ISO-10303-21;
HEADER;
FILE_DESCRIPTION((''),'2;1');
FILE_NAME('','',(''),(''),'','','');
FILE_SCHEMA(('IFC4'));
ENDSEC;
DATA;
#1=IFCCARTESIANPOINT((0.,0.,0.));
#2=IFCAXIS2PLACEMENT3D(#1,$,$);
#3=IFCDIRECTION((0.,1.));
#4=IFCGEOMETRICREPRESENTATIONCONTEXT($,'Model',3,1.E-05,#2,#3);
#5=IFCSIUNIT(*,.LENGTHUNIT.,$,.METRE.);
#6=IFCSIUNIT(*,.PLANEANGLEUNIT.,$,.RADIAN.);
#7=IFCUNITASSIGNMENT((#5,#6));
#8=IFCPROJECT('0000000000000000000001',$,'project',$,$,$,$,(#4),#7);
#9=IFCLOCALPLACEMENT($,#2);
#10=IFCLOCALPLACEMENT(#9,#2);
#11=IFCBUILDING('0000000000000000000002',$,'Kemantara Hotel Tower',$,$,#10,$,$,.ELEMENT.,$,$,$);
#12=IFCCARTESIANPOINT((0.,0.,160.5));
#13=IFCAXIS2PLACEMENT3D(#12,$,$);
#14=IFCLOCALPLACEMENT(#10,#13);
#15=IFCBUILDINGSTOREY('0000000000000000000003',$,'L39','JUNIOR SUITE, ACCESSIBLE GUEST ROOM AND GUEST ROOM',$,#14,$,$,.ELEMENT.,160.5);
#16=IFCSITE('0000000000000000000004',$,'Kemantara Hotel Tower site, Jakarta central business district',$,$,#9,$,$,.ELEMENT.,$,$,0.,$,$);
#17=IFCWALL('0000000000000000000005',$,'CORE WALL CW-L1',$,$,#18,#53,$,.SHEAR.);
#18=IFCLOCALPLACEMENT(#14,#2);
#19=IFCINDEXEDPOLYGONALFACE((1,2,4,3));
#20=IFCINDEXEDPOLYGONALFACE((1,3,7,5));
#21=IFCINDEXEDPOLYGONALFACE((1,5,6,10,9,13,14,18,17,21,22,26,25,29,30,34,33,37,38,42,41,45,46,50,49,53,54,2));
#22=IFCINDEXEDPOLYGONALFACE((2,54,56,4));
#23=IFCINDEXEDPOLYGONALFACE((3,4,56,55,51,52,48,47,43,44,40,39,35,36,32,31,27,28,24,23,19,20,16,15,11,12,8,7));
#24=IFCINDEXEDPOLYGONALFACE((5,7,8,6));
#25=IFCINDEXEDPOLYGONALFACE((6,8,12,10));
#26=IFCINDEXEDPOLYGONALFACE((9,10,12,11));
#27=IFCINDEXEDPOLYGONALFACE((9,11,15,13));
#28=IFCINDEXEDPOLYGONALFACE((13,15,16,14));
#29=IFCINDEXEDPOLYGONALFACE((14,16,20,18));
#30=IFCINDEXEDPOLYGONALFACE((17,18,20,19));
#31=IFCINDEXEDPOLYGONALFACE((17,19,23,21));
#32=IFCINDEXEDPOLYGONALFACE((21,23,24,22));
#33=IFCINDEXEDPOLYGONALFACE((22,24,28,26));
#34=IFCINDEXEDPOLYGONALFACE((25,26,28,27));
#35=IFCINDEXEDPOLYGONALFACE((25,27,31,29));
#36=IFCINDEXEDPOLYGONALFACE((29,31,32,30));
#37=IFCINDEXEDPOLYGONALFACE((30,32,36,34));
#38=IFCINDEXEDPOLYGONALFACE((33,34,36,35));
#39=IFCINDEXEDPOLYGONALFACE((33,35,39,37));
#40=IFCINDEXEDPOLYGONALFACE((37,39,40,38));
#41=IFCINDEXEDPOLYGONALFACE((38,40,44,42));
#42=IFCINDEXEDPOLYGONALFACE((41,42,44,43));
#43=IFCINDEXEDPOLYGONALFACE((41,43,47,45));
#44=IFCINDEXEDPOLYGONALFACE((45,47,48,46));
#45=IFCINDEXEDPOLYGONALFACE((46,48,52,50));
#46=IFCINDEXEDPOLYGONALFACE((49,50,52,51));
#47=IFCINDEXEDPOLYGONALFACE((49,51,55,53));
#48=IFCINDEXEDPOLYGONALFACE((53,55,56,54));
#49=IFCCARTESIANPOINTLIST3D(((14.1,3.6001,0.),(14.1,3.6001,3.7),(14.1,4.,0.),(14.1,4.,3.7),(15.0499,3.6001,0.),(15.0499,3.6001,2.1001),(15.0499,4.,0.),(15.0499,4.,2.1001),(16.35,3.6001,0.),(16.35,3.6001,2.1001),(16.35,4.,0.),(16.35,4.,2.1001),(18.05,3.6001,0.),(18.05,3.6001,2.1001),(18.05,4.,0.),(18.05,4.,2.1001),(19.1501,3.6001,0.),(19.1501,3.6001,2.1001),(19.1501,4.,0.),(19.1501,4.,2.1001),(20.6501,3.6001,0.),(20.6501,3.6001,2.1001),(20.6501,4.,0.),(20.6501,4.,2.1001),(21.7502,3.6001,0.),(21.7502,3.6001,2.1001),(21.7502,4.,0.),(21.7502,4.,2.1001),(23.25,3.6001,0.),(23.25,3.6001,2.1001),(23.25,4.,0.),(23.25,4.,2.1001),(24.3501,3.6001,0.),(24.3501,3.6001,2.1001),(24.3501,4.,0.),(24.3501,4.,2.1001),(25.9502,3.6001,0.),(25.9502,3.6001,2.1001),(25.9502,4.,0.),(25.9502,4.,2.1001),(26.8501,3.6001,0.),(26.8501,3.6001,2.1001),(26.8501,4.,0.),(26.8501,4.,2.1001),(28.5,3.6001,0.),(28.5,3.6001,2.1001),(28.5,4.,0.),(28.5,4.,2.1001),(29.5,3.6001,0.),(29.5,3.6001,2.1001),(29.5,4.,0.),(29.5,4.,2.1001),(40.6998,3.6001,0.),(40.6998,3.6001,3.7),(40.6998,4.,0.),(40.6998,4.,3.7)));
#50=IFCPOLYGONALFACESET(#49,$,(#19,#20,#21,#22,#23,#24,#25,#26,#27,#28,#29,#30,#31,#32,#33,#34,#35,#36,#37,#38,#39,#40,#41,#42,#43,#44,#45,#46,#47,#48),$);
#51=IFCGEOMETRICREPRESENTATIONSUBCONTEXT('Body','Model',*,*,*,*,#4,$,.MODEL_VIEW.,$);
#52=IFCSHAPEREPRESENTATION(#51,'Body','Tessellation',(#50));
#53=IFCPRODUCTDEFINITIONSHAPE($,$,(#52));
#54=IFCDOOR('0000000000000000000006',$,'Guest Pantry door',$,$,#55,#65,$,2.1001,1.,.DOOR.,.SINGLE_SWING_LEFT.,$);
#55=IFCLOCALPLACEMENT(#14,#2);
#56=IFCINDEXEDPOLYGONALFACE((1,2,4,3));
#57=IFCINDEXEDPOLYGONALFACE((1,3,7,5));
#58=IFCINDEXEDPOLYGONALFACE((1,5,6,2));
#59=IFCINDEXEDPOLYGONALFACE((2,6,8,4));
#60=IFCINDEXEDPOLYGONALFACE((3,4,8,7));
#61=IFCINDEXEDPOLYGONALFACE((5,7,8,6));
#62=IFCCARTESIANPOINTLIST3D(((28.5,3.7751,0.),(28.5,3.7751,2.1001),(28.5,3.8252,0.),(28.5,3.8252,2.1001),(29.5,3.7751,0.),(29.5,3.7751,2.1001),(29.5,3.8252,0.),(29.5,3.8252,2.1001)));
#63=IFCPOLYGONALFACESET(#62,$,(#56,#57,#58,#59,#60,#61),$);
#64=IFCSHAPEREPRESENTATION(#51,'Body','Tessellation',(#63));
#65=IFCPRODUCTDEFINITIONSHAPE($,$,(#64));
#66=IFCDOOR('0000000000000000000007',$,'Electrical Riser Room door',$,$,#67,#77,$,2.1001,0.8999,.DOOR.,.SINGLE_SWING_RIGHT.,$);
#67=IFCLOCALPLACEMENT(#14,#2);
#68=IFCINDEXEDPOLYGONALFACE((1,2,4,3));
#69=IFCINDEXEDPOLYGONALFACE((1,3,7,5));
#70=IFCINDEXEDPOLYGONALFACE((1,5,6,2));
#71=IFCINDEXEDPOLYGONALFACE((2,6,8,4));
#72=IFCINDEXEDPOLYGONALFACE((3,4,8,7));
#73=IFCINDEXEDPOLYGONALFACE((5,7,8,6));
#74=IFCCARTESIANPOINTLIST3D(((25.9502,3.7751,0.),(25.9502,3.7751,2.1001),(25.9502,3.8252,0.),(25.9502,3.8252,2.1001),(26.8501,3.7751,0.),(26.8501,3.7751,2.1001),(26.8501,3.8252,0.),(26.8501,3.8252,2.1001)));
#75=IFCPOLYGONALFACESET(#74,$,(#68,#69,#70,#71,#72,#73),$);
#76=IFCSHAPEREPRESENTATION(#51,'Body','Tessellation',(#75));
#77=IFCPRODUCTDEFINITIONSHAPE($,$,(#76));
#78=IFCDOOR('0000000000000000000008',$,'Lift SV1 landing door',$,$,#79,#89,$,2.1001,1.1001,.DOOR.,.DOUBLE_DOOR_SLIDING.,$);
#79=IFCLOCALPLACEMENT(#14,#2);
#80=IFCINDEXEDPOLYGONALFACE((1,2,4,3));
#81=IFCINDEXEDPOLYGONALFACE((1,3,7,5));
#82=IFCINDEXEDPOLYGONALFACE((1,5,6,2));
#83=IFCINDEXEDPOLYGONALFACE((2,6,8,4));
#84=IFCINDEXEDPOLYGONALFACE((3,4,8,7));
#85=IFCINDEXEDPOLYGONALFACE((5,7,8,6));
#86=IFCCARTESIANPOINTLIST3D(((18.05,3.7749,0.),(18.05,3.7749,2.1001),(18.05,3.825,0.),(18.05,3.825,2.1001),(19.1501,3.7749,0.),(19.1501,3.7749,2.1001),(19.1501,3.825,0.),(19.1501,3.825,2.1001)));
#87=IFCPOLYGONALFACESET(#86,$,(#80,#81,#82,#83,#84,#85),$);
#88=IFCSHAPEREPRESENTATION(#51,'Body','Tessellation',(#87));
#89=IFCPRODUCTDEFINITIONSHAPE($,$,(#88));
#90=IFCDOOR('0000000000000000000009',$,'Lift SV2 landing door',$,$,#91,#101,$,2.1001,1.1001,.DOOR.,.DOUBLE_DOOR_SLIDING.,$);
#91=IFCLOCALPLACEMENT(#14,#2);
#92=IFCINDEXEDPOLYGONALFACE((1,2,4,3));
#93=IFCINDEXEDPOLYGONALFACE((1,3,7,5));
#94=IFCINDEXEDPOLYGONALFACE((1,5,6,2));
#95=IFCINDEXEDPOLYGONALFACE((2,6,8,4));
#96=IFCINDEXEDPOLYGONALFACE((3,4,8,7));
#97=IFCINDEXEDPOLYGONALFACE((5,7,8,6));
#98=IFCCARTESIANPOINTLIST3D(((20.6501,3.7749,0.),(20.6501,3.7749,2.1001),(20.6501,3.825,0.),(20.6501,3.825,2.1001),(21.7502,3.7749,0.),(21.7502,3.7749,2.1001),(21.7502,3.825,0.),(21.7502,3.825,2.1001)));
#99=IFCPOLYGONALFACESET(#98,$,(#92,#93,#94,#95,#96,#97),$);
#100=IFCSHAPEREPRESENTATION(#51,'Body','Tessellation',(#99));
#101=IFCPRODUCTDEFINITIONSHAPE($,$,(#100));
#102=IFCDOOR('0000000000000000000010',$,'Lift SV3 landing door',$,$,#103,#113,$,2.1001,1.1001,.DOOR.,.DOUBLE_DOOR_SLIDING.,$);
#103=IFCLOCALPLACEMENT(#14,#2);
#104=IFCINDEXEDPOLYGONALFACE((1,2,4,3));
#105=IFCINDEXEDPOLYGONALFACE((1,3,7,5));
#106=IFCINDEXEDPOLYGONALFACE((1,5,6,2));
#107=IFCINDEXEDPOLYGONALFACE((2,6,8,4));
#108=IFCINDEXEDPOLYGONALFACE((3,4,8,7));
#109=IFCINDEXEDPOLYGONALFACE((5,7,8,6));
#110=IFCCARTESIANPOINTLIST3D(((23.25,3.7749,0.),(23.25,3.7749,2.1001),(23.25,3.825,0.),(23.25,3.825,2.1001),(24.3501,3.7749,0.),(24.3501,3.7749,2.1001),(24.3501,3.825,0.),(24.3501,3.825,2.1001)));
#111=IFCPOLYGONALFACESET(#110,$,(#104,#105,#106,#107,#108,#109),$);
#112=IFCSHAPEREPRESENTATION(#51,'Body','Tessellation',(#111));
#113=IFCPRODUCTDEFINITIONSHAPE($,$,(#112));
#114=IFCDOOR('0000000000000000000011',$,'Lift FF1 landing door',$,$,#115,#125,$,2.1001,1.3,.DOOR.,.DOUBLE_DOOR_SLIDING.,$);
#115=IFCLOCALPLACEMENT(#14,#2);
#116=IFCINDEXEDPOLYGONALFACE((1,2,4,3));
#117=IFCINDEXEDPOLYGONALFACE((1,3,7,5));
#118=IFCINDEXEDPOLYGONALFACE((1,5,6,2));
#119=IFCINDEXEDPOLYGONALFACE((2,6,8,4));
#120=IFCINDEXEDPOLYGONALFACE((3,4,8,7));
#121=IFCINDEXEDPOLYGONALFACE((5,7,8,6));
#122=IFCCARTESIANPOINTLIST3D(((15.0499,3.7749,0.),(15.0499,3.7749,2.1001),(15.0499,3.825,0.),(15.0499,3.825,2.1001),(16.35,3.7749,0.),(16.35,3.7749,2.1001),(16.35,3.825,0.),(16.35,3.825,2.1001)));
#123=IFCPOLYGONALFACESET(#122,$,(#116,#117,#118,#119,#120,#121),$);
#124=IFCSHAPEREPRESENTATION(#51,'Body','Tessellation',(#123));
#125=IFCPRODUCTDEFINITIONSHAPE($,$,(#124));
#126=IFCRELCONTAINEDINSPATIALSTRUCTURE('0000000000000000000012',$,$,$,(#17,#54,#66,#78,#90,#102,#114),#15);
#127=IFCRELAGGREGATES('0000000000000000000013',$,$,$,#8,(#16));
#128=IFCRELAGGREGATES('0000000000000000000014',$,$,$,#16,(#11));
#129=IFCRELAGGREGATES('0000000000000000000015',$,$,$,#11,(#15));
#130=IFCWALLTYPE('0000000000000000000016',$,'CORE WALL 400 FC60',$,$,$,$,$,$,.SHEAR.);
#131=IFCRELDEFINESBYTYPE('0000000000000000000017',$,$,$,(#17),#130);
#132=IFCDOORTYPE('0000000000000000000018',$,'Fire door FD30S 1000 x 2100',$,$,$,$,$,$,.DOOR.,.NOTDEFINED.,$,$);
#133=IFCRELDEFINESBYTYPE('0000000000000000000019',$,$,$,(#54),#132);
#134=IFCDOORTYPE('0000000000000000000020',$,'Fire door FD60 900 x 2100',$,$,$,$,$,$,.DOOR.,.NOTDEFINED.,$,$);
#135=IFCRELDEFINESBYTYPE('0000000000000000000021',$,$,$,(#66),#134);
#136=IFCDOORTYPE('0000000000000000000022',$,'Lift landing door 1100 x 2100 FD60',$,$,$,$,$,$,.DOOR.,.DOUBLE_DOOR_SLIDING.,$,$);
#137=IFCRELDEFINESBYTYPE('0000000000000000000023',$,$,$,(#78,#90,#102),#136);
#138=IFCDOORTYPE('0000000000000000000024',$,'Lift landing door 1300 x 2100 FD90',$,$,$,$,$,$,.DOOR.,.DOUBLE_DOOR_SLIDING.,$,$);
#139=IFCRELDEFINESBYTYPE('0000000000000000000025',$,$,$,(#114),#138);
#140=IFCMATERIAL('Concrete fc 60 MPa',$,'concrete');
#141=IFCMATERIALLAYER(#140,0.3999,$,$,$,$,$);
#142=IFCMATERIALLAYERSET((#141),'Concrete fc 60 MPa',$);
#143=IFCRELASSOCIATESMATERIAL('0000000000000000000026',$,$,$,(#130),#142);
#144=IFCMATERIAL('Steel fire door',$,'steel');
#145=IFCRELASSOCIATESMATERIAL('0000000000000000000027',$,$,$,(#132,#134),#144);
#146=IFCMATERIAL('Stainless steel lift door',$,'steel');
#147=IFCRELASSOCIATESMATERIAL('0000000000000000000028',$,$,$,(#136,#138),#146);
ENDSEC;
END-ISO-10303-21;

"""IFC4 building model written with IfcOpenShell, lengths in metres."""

from ifc_helpers import new_model, si_unit, direction, frame, frame_2d, origin, place, context, subcontext, project, spatial, rectangle, extrude, material, layer, layer_set, type_object, element, fill, save


model = new_model("IFC4")

# Units and contexts
model_context = context("Model", 3, precision=1e-05, world=origin(), true_north=direction((0.0, 1.0)))
body_context = subcontext(model_context, "Body", "Model", "MODEL_VIEW")
ifc_project = project(units=[si_unit("LENGTHUNIT", "METRE"), si_unit("PLANEANGLEUNIT", "RADIAN")], contexts=[model_context])

# Site, building, storey
site_placement = place(None, origin())
site = spatial("IfcSite", under=ifc_project, at=site_placement, Name="Kemantara Hotel Tower site, Jakarta central business district", CompositionType="ELEMENT", RefElevation=0.0)
building_placement = place(site_placement, origin())
building = spatial("IfcBuilding", under=site, at=building_placement, Name="Kemantara Hotel Tower", CompositionType="ELEMENT")
storey_placement = place(building_placement, frame((0.0, 0.0, 160.5)))
storey = spatial("IfcBuildingStorey", under=building, at=storey_placement, Name="L39", Description="JUNIOR SUITE, ACCESSIBLE GUEST ROOM AND GUEST ROOM", CompositionType="ELEMENT", Elevation=160.5)

# Shared definitions
ifc_material_1 = material(Name="Concrete fc 60 MPa", Category="concrete")
ifc_layer_1 = layer(ifc_material_1, 0.3999)
ifc_layer_set_1 = layer_set([ifc_layer_1], Name="Concrete fc 60 MPa")
wall_type_1 = type_object("IfcWallType", Name="CORE WALL 400 FC60", PredefinedType="SHEAR", material=ifc_layer_set_1)

# Wall, openings, doors
wall_1_placement = place(storey_placement, frame((14.1001, 3.8, 0.0), z_axis=(0.0, 0.0, 1.0), x_axis=(1.0, 0.0, 0.0)))
wall_1 = element("IfcWall", 1, at=wall_1_placement, inside=storey, type_object=wall_type_1, Name="CORE WALL CW-L1", PredefinedType="SHEAR", context=body_context, shape_type="SweptSolid", body=[
    extrude(rectangle(XDim=26.5999, YDim=0.3999, at=frame_2d((13.2998, 0.0))), origin(), (0.0, 0.0, 1.0), 3.7),
])
opening_1_placement = place(wall_1_placement, frame((0.95, 0.0, 0.0)))
opening_1 = element("IfcOpeningElement", 2, at=opening_1_placement, cuts=wall_1, PredefinedType="OPENING", context=body_context, shape_type="SweptSolid", body=[
    extrude(rectangle(XDim=1.3, YDim=2.1001, at=frame_2d((0.6499, 1.05))), frame((0.0, 0.21, 0.0), z_axis=(0.0, -1.0, 0.0), x_axis=(1.0, 0.0, 0.0)), (0.0, 0.0, 1.0), 0.4199),
])
opening_2_placement = place(wall_1_placement, frame((3.95, 0.0, 0.0)))
opening_2 = element("IfcOpeningElement", 3, at=opening_2_placement, cuts=wall_1, PredefinedType="OPENING", context=body_context, shape_type="SweptSolid", body=[
    extrude(rectangle(XDim=1.1001, YDim=2.1001, at=frame_2d((0.55, 1.05))), frame((0.0, 0.21, 0.0), z_axis=(0.0, -1.0, 0.0), x_axis=(1.0, 0.0, 0.0)), (0.0, 0.0, 1.0), 0.4199),
])
opening_3_placement = place(wall_1_placement, frame((6.55, 0.0, 0.0)))
opening_3 = element("IfcOpeningElement", 4, at=opening_3_placement, cuts=wall_1, PredefinedType="OPENING", context=body_context, shape_type="SweptSolid", body=[
    extrude(rectangle(XDim=1.1001, YDim=2.1001, at=frame_2d((0.55, 1.05))), frame((0.0, 0.21, 0.0), z_axis=(0.0, -1.0, 0.0), x_axis=(1.0, 0.0, 0.0)), (0.0, 0.0, 1.0), 0.4199),
])
opening_4_placement = place(wall_1_placement, frame((9.1499, 0.0, 0.0)))
opening_4 = element("IfcOpeningElement", 5, at=opening_4_placement, cuts=wall_1, PredefinedType="OPENING", context=body_context, shape_type="SweptSolid", body=[
    extrude(rectangle(XDim=1.1001, YDim=2.1001, at=frame_2d((0.55, 1.05))), frame((0.0, 0.21, 0.0), z_axis=(0.0, -1.0, 0.0), x_axis=(1.0, 0.0, 0.0)), (0.0, 0.0, 1.0), 0.4199),
])
opening_5_placement = place(wall_1_placement, frame((11.8501, 0.0, 0.0)))
opening_5 = element("IfcOpeningElement", 6, at=opening_5_placement, cuts=wall_1, PredefinedType="OPENING", context=body_context, shape_type="SweptSolid", body=[
    extrude(rectangle(XDim=0.8999, YDim=2.1001, at=frame_2d((0.45, 1.05))), frame((0.0, 0.21, 0.0), z_axis=(0.0, -1.0, 0.0), x_axis=(1.0, 0.0, 0.0)), (0.0, 0.0, 1.0), 0.4199),
])
opening_6_placement = place(wall_1_placement, frame((14.3999, 0.0, 0.0)))
opening_6 = element("IfcOpeningElement", 7, at=opening_6_placement, cuts=wall_1, PredefinedType="OPENING", context=body_context, shape_type="SweptSolid", body=[
    extrude(rectangle(XDim=1.0, YDim=2.1001, at=frame_2d((0.5, 1.05))), frame((0.0, 0.21, 0.0), z_axis=(0.0, -1.0, 0.0), x_axis=(1.0, 0.0, 0.0)), (0.0, 0.0, 1.0), 0.4199),
])
ifc_material_2 = material(Name="Steel fire door", Category="steel")
door_type_1 = type_object("IfcDoorType", Name="Fire door FD30S 1000 x 2100", OperationType="NOTDEFINED", PredefinedType="DOOR", material=ifc_material_2)
door_1_placement = place(opening_6_placement, frame((1.0, 0.0, 0.0), z_axis=(0.0, 0.0, 1.0), x_axis=(-1.0, 0.0, 0.0)))
door_1 = element("IfcDoor", 8, at=door_1_placement, inside=storey, type_object=door_type_1, Name="Guest Pantry door", OperationType="SINGLE_SWING_LEFT", OverallHeight=2.1001, OverallWidth=1.0, PredefinedType="DOOR", context=body_context, shape_type="SweptSolid", body=[
    extrude(rectangle(XDim=1.0, YDim=2.1001, at=frame_2d((0.5, 1.05))), frame((0.0, 0.0249, 0.0), z_axis=(0.0, -1.0, 0.0), x_axis=(1.0, 0.0, 0.0)), (0.0, 0.0, 1.0), 0.05),
])
fill(opening_6, door_1)
door_type_2 = type_object("IfcDoorType", Name="Fire door FD60 900 x 2100", OperationType="NOTDEFINED", PredefinedType="DOOR", material=ifc_material_2)
door_2_placement = place(opening_5_placement, frame((0.8999, 0.0, 0.0), z_axis=(0.0, 0.0, 1.0), x_axis=(-1.0, 0.0, 0.0)))
door_2 = element("IfcDoor", 9, at=door_2_placement, inside=storey, type_object=door_type_2, Name="Electrical Riser Room door", OperationType="SINGLE_SWING_RIGHT", OverallHeight=2.1001, OverallWidth=0.8999, PredefinedType="DOOR", context=body_context, shape_type="SweptSolid", body=[
    extrude(rectangle(XDim=0.8999, YDim=2.1001, at=frame_2d((0.45, 1.05))), frame((0.0, 0.0249, 0.0), z_axis=(0.0, -1.0, 0.0), x_axis=(1.0, 0.0, 0.0)), (0.0, 0.0, 1.0), 0.05),
])
fill(opening_5, door_2)
ifc_material_3 = material(Name="Stainless steel lift door", Category="steel")
door_type_3 = type_object("IfcDoorType", Name="Lift landing door 1100 x 2100 FD60", OperationType="DOUBLE_DOOR_SLIDING", PredefinedType="DOOR", material=ifc_material_3)
door_3_placement = place(opening_2_placement, origin())
door_3 = element("IfcDoor", 10, at=door_3_placement, inside=storey, type_object=door_type_3, Name="Lift SV1 landing door", OperationType="DOUBLE_DOOR_SLIDING", OverallHeight=2.1001, OverallWidth=1.1001, PredefinedType="DOOR", context=body_context, shape_type="SweptSolid", body=[
    extrude(rectangle(XDim=1.1001, YDim=2.1001, at=frame_2d((0.55, 1.05))), frame((0.0, 0.0249, 0.0), z_axis=(0.0, -1.0, 0.0), x_axis=(1.0, 0.0, 0.0)), (0.0, 0.0, 1.0), 0.05),
])
fill(opening_2, door_3)
door_4_placement = place(opening_3_placement, origin())
door_4 = element("IfcDoor", 11, at=door_4_placement, inside=storey, type_object=door_type_3, Name="Lift SV2 landing door", OperationType="DOUBLE_DOOR_SLIDING", OverallHeight=2.1001, OverallWidth=1.1001, PredefinedType="DOOR", context=body_context, shape_type="SweptSolid", body=[
    extrude(rectangle(XDim=1.1001, YDim=2.1001, at=frame_2d((0.55, 1.05))), frame((0.0, 0.0249, 0.0), z_axis=(0.0, -1.0, 0.0), x_axis=(1.0, 0.0, 0.0)), (0.0, 0.0, 1.0), 0.05),
])
fill(opening_3, door_4)
door_5_placement = place(opening_4_placement, origin())
door_5 = element("IfcDoor", 12, at=door_5_placement, inside=storey, type_object=door_type_3, Name="Lift SV3 landing door", OperationType="DOUBLE_DOOR_SLIDING", OverallHeight=2.1001, OverallWidth=1.1001, PredefinedType="DOOR", context=body_context, shape_type="SweptSolid", body=[
    extrude(rectangle(XDim=1.1001, YDim=2.1001, at=frame_2d((0.55, 1.05))), frame((0.0, 0.0249, 0.0), z_axis=(0.0, -1.0, 0.0), x_axis=(1.0, 0.0, 0.0)), (0.0, 0.0, 1.0), 0.05),
])
fill(opening_4, door_5)
door_type_4 = type_object("IfcDoorType", Name="Lift landing door 1300 x 2100 FD90", OperationType="DOUBLE_DOOR_SLIDING", PredefinedType="DOOR", material=ifc_material_3)
door_6_placement = place(opening_1_placement, origin())
door_6 = element("IfcDoor", 13, at=door_6_placement, inside=storey, type_object=door_type_4, Name="Lift FF1 landing door", OperationType="DOUBLE_DOOR_SLIDING", OverallHeight=2.1001, OverallWidth=1.3, PredefinedType="DOOR", context=body_context, shape_type="SweptSolid", body=[
    extrude(rectangle(XDim=1.3, YDim=2.1001, at=frame_2d((0.6499, 1.05))), frame((0.0, 0.0249, 0.0), z_axis=(0.0, -1.0, 0.0), x_axis=(1.0, 0.0, 0.0)), (0.0, 0.0, 1.0), 0.05),
])
fill(opening_1, door_6)

save(model, "model.ifc")
